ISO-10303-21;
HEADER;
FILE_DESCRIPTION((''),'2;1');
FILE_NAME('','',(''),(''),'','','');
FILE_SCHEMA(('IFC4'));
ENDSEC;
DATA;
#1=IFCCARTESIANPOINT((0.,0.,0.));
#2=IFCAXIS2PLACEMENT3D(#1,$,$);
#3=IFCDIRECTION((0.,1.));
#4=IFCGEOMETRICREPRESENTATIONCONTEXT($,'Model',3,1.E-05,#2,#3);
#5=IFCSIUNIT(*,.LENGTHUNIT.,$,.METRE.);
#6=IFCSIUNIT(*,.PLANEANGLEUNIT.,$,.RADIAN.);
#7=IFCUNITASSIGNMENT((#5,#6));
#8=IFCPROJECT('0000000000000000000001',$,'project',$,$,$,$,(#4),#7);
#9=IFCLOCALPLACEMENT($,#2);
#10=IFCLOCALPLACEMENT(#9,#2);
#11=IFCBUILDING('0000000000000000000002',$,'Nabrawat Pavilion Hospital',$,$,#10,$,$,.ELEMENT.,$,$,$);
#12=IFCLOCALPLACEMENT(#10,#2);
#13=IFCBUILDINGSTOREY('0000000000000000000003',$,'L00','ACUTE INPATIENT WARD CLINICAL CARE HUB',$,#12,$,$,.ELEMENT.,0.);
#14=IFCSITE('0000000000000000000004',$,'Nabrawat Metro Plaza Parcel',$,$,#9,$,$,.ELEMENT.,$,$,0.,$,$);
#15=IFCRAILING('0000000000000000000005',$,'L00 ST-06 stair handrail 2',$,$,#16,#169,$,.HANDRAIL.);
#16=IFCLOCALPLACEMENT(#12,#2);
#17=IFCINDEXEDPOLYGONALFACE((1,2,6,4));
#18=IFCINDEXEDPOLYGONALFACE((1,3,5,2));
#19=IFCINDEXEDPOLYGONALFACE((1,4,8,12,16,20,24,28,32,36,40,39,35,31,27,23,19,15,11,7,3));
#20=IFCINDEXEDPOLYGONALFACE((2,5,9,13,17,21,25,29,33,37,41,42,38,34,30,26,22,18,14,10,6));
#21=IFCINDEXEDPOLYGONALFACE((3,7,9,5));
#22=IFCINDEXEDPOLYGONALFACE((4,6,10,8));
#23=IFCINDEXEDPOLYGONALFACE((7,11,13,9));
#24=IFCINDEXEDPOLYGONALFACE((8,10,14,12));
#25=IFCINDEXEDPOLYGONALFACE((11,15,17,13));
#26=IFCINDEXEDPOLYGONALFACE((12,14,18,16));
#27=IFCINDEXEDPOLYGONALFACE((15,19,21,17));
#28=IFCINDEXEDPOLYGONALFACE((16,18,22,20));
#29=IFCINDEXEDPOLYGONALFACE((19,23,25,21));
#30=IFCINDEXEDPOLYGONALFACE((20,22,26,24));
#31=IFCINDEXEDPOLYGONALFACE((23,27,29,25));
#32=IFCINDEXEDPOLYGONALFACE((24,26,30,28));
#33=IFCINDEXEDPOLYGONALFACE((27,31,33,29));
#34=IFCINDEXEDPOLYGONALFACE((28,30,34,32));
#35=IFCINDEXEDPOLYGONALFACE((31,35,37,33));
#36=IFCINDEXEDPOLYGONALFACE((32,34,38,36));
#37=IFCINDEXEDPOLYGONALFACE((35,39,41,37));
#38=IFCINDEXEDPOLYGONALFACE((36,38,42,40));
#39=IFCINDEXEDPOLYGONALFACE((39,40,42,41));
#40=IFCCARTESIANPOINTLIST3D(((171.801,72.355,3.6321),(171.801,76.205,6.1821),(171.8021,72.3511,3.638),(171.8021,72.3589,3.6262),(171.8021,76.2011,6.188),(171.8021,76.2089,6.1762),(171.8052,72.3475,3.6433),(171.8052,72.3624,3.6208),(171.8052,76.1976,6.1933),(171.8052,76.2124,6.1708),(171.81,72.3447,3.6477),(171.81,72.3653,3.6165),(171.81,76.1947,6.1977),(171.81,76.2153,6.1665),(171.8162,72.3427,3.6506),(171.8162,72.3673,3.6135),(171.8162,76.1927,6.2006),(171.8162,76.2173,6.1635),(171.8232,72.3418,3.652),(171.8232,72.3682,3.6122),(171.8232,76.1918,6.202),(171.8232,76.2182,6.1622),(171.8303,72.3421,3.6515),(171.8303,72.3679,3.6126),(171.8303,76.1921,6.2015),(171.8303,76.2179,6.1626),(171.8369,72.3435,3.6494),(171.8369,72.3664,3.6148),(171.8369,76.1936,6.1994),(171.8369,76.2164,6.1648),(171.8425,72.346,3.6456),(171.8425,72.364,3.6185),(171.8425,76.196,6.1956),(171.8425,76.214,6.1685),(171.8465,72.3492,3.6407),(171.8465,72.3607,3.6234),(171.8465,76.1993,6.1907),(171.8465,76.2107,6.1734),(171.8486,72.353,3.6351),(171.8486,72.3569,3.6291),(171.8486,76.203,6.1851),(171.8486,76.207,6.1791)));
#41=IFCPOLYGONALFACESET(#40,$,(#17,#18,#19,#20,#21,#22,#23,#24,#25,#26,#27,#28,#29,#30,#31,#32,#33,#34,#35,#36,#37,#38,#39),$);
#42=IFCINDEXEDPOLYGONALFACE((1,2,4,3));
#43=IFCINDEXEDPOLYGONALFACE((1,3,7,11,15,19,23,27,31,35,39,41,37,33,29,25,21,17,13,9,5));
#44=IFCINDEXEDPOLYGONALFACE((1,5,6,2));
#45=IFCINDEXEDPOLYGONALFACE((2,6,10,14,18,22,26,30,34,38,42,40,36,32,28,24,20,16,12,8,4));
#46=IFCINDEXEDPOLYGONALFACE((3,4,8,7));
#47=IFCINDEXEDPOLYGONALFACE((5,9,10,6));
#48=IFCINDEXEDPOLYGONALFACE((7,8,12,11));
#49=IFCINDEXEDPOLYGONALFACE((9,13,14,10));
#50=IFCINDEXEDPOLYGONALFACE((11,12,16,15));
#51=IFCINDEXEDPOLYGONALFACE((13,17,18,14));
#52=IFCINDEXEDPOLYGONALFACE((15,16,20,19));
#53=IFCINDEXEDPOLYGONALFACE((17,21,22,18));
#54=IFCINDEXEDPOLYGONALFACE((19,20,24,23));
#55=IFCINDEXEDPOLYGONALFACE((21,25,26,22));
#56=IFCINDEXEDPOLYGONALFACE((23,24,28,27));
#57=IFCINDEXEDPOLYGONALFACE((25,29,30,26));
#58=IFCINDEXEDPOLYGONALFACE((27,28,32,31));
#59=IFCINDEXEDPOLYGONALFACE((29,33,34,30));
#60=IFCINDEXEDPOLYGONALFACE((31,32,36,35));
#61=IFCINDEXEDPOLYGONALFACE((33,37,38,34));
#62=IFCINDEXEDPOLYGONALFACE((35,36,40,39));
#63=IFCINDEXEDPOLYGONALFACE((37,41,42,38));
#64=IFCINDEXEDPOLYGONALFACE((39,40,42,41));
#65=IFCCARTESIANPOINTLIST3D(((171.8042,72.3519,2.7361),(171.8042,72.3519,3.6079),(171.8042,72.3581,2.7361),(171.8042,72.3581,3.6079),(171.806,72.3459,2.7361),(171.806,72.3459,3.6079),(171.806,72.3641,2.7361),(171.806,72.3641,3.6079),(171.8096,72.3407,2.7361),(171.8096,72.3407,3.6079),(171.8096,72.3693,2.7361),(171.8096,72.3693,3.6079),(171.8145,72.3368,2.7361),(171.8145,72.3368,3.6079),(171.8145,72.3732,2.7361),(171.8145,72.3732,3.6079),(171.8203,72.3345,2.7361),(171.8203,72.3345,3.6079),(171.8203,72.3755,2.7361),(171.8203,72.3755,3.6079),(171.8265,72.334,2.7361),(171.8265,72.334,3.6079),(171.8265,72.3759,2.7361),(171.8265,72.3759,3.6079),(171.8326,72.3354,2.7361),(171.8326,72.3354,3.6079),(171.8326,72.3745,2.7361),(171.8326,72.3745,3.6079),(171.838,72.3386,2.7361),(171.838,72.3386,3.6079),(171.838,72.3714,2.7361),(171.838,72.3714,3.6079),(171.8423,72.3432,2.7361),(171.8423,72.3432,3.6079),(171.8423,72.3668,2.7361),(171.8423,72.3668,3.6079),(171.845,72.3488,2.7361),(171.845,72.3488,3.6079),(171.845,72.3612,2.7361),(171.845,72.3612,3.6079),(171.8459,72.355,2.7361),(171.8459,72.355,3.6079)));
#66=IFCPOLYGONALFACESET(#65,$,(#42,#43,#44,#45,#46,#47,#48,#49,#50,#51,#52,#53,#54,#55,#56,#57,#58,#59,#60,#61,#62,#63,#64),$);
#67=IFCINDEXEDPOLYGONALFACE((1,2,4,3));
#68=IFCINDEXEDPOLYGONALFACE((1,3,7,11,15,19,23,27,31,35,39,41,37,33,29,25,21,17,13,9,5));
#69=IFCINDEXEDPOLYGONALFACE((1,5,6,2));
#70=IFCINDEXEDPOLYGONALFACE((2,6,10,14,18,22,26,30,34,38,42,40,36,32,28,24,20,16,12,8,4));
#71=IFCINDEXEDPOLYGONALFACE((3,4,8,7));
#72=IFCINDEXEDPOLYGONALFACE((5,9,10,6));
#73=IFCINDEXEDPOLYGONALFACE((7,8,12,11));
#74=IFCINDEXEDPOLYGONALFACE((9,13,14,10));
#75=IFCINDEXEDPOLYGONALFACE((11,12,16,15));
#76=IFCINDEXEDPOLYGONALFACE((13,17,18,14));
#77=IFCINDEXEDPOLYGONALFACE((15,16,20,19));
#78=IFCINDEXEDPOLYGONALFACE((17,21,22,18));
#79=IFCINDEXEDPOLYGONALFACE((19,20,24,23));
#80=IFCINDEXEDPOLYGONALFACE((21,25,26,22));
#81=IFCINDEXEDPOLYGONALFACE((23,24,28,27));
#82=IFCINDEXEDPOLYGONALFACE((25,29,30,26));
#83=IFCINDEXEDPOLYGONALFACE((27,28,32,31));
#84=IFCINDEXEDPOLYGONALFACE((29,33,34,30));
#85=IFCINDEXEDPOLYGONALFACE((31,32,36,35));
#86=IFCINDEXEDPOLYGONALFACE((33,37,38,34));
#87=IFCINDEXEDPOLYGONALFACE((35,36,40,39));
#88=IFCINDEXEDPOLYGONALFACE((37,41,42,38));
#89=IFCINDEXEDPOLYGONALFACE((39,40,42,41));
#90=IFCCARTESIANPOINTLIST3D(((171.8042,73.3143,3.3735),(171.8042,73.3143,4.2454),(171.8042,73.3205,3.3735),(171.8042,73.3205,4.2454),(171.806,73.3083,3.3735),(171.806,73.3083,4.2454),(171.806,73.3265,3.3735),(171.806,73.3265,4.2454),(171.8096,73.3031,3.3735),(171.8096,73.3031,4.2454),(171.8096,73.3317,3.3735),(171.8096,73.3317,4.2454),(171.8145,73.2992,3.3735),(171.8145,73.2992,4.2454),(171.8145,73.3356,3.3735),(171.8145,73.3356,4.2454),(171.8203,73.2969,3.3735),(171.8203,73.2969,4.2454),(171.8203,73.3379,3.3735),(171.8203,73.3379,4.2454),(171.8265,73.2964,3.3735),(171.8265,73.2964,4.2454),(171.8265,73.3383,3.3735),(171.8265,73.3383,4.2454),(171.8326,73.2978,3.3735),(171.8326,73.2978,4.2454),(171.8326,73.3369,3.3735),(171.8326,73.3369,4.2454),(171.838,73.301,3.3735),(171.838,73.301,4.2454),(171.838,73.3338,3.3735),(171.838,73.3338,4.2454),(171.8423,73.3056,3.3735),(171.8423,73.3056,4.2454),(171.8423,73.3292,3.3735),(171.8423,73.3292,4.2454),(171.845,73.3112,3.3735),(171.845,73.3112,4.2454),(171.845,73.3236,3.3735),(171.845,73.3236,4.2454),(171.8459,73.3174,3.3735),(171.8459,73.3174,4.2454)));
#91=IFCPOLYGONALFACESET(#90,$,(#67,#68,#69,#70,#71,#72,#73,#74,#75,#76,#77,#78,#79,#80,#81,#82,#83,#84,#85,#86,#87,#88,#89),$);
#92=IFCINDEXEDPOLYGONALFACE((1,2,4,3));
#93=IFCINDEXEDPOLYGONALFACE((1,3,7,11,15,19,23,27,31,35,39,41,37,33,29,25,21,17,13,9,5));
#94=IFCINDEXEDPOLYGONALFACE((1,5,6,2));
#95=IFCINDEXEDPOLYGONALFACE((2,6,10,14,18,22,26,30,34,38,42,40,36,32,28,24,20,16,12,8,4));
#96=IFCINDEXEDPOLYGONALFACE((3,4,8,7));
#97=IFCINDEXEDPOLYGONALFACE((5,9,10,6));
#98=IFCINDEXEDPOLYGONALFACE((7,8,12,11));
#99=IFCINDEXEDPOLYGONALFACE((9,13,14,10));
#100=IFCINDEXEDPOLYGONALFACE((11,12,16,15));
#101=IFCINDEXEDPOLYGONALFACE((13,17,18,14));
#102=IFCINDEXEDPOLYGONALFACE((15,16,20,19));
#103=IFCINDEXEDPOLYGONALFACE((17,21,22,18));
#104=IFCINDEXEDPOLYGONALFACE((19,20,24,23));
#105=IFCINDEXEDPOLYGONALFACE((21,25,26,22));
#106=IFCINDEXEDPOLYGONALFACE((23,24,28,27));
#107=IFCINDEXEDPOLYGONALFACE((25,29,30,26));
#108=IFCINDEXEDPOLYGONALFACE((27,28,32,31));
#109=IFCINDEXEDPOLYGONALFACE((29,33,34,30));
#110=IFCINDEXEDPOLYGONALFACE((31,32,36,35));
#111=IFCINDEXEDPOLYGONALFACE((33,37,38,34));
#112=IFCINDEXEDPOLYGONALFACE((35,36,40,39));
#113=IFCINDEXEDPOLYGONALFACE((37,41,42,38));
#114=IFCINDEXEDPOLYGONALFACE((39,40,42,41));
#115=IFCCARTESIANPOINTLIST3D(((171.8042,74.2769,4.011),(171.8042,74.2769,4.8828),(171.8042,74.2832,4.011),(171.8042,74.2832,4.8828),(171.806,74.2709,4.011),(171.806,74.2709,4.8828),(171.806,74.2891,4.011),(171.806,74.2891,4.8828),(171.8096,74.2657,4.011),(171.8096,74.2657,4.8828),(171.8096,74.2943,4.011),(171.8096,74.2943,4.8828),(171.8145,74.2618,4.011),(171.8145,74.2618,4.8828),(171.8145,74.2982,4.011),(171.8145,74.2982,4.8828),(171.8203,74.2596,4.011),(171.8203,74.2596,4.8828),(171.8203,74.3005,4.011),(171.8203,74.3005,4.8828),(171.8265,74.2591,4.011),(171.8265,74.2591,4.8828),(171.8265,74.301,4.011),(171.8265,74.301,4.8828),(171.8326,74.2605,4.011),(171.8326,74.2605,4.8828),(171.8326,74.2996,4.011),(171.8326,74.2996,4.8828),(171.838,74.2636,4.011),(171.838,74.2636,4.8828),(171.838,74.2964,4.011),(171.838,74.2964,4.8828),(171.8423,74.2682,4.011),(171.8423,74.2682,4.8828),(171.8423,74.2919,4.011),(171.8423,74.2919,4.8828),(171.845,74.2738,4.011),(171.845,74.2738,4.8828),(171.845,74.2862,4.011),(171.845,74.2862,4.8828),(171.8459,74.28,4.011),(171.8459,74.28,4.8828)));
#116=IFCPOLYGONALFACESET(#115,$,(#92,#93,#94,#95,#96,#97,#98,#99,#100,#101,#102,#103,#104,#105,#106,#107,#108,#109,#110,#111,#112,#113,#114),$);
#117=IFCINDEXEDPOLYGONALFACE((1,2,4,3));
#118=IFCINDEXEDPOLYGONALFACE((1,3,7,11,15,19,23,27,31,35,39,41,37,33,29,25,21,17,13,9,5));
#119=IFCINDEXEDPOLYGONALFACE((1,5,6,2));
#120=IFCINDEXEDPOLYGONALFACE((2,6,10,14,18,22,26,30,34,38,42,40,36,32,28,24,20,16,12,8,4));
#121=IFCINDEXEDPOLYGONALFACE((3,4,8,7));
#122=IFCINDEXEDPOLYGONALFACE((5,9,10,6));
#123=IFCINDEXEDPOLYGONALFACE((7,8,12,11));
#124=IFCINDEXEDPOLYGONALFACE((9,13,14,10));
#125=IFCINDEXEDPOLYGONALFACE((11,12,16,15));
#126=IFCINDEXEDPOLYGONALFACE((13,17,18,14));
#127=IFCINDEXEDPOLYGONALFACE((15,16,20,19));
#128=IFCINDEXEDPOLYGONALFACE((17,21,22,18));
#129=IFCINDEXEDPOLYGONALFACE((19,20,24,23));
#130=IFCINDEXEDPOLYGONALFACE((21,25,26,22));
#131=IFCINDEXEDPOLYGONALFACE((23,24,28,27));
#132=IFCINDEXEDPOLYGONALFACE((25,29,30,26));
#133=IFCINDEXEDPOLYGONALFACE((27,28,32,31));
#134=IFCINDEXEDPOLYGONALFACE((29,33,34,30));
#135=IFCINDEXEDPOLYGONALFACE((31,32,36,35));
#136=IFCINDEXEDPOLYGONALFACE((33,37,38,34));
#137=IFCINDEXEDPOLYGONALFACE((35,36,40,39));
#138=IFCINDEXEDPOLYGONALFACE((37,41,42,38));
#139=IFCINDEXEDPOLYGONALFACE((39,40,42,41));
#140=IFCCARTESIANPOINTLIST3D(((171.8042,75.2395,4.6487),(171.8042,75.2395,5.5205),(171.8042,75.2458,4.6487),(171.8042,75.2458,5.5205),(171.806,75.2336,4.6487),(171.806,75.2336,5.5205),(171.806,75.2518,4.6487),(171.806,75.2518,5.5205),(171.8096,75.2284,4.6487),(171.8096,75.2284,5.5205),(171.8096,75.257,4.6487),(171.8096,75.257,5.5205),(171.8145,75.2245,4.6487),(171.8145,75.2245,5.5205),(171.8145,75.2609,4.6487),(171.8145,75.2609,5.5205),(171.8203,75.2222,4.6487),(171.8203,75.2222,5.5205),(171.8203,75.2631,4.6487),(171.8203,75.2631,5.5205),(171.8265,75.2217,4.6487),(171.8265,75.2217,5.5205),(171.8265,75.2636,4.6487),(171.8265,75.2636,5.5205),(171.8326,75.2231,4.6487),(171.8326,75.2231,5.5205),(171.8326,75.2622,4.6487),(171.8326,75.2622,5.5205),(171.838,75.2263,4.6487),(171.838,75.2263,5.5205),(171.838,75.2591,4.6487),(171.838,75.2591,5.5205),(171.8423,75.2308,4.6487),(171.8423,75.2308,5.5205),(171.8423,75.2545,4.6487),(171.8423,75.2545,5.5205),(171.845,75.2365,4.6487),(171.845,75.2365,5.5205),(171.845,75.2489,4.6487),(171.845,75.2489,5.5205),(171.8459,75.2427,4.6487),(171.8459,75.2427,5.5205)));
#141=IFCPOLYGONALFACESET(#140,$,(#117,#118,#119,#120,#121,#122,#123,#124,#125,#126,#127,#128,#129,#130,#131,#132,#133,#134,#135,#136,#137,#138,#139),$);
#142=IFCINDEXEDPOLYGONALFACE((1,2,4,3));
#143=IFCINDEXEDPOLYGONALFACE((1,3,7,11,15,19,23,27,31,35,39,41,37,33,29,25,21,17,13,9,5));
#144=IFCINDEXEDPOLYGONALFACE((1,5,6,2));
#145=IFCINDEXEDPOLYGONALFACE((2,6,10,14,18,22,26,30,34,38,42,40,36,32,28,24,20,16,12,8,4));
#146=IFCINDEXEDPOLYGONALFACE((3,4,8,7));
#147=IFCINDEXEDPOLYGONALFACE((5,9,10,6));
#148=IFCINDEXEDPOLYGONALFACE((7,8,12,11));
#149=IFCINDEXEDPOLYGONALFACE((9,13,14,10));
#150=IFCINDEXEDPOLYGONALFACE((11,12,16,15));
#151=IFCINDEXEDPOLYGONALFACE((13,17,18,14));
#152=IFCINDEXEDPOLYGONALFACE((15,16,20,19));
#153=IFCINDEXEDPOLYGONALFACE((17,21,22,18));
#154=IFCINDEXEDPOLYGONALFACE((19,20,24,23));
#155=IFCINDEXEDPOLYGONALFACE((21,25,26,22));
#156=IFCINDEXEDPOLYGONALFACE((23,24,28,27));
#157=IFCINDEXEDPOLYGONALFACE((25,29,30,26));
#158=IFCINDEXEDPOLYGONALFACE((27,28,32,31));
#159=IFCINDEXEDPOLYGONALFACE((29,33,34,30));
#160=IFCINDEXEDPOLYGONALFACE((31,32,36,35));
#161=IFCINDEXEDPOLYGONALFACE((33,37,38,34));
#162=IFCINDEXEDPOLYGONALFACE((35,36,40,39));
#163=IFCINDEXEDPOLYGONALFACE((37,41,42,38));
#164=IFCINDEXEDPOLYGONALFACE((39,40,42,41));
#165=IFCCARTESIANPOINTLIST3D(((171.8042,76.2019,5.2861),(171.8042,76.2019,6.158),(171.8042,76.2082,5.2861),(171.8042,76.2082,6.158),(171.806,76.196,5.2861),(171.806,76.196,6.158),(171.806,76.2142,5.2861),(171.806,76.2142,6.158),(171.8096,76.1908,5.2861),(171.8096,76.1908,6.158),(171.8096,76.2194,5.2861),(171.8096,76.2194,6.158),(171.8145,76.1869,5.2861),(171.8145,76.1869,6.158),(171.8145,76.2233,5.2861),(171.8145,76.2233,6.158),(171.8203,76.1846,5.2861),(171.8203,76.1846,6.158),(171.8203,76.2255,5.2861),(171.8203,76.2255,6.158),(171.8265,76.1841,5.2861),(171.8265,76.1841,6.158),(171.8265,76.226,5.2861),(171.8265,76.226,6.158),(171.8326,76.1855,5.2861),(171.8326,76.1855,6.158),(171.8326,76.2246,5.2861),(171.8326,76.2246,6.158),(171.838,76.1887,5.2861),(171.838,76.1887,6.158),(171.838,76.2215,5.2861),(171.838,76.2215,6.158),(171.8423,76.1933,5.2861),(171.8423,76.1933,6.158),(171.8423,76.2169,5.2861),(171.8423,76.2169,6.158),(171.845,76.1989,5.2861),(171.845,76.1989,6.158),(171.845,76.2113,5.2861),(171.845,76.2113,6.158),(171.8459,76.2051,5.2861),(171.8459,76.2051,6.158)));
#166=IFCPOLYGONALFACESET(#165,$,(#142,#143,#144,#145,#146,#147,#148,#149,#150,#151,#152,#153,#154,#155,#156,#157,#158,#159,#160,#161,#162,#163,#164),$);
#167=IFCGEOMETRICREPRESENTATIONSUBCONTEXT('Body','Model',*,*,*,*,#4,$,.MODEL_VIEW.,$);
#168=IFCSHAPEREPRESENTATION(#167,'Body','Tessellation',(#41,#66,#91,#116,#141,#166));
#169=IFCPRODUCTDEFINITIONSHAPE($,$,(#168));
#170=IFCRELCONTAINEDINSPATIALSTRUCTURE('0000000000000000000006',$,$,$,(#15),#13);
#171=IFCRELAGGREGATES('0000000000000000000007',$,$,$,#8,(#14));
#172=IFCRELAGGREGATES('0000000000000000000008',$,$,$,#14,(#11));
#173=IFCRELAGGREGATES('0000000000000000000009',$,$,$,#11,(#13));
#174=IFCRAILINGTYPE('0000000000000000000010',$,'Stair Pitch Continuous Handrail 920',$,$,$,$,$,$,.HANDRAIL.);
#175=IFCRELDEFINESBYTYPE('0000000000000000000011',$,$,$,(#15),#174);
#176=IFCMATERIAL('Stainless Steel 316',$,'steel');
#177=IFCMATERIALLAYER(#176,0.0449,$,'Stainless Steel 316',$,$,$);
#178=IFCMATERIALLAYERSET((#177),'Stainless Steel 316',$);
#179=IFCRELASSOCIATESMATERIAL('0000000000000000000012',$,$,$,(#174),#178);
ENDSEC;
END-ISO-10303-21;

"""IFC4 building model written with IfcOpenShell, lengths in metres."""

from ifc_helpers import new_model, si_unit, direction, frame, origin, origin_2d, place, context, subcontext, project, spatial, circle, extrude, material, layer, layer_set, type_object, element, save


model = new_model("IFC4")

# Units and contexts
model_context = context("Model", 3, precision=1e-05, world=origin(), true_north=direction((0.0, 1.0)))
body_context = subcontext(model_context, "Body", "Model", "MODEL_VIEW")
ifc_project = project(units=[si_unit("LENGTHUNIT", "METRE"), si_unit("PLANEANGLEUNIT", "RADIAN")], contexts=[model_context])

# Site, building, storey
site_placement = place(None, origin())
site = spatial("IfcSite", under=ifc_project, at=site_placement, Name="Nabrawat Metro Plaza Parcel", CompositionType="ELEMENT", RefElevation=0.0)
building_placement = place(site_placement, origin())
building = spatial("IfcBuilding", under=site, at=building_placement, Name="Nabrawat Pavilion Hospital", CompositionType="ELEMENT")
storey_placement = place(building_placement, origin())
storey = spatial("IfcBuildingStorey", under=building, at=storey_placement, Name="L00", Description="ACUTE INPATIENT WARD CLINICAL CARE HUB", CompositionType="ELEMENT", Elevation=0.0)

# Railing
ifc_material_1 = material(Name="Stainless Steel 316", Category="steel")
ifc_layer_1 = layer(ifc_material_1, 0.0449, Name="Stainless Steel 316")
ifc_layer_set_1 = layer_set([ifc_layer_1], Name="Stainless Steel 316")
railing_type_1 = type_object("IfcRailingType", Name="Stair Pitch Continuous Handrail 920", PredefinedType="HANDRAIL", material=ifc_layer_set_1)
railing_1_placement = place(storey_placement, frame((171.825, 72.355, 2.7361)))
element("IfcRailing", 1, at=railing_1_placement, inside=storey, type_object=railing_type_1, Name="L00 ST-06 stair handrail 2", PredefinedType="HANDRAIL", context=body_context, shape_type="SweptSolid", body=[
    extrude(circle(Radius=0.0239, at=origin_2d()), frame((0.0, 0.0, 0.896), z_axis=(0.0, 0.833714, 0.552197), x_axis=(-1.0, 0.0, 0.0)), (0.0, 0.0, 1.0), 4.6179),
    extrude(circle(Radius=0.021, at=origin_2d()), origin(), (0.0, 0.0, 1.0), 0.8718),
    extrude(circle(Radius=0.021, at=origin_2d()), frame((0.0, 0.9624, 0.6375)), (0.0, 0.0, 1.0), 0.8718),
    extrude(circle(Radius=0.021, at=origin_2d()), frame((0.0, 1.925, 1.2749)), (0.0, 0.0, 1.0), 0.8718),
    extrude(circle(Radius=0.021, at=origin_2d()), frame((0.0, 2.8877, 1.9126)), (0.0, 0.0, 1.0), 0.8718),
    extrude(circle(Radius=0.021, at=origin_2d()), frame((0.0, 3.8501, 2.55)), (0.0, 0.0, 1.0), 0.8718),
])

save(model, "model.ifc")
